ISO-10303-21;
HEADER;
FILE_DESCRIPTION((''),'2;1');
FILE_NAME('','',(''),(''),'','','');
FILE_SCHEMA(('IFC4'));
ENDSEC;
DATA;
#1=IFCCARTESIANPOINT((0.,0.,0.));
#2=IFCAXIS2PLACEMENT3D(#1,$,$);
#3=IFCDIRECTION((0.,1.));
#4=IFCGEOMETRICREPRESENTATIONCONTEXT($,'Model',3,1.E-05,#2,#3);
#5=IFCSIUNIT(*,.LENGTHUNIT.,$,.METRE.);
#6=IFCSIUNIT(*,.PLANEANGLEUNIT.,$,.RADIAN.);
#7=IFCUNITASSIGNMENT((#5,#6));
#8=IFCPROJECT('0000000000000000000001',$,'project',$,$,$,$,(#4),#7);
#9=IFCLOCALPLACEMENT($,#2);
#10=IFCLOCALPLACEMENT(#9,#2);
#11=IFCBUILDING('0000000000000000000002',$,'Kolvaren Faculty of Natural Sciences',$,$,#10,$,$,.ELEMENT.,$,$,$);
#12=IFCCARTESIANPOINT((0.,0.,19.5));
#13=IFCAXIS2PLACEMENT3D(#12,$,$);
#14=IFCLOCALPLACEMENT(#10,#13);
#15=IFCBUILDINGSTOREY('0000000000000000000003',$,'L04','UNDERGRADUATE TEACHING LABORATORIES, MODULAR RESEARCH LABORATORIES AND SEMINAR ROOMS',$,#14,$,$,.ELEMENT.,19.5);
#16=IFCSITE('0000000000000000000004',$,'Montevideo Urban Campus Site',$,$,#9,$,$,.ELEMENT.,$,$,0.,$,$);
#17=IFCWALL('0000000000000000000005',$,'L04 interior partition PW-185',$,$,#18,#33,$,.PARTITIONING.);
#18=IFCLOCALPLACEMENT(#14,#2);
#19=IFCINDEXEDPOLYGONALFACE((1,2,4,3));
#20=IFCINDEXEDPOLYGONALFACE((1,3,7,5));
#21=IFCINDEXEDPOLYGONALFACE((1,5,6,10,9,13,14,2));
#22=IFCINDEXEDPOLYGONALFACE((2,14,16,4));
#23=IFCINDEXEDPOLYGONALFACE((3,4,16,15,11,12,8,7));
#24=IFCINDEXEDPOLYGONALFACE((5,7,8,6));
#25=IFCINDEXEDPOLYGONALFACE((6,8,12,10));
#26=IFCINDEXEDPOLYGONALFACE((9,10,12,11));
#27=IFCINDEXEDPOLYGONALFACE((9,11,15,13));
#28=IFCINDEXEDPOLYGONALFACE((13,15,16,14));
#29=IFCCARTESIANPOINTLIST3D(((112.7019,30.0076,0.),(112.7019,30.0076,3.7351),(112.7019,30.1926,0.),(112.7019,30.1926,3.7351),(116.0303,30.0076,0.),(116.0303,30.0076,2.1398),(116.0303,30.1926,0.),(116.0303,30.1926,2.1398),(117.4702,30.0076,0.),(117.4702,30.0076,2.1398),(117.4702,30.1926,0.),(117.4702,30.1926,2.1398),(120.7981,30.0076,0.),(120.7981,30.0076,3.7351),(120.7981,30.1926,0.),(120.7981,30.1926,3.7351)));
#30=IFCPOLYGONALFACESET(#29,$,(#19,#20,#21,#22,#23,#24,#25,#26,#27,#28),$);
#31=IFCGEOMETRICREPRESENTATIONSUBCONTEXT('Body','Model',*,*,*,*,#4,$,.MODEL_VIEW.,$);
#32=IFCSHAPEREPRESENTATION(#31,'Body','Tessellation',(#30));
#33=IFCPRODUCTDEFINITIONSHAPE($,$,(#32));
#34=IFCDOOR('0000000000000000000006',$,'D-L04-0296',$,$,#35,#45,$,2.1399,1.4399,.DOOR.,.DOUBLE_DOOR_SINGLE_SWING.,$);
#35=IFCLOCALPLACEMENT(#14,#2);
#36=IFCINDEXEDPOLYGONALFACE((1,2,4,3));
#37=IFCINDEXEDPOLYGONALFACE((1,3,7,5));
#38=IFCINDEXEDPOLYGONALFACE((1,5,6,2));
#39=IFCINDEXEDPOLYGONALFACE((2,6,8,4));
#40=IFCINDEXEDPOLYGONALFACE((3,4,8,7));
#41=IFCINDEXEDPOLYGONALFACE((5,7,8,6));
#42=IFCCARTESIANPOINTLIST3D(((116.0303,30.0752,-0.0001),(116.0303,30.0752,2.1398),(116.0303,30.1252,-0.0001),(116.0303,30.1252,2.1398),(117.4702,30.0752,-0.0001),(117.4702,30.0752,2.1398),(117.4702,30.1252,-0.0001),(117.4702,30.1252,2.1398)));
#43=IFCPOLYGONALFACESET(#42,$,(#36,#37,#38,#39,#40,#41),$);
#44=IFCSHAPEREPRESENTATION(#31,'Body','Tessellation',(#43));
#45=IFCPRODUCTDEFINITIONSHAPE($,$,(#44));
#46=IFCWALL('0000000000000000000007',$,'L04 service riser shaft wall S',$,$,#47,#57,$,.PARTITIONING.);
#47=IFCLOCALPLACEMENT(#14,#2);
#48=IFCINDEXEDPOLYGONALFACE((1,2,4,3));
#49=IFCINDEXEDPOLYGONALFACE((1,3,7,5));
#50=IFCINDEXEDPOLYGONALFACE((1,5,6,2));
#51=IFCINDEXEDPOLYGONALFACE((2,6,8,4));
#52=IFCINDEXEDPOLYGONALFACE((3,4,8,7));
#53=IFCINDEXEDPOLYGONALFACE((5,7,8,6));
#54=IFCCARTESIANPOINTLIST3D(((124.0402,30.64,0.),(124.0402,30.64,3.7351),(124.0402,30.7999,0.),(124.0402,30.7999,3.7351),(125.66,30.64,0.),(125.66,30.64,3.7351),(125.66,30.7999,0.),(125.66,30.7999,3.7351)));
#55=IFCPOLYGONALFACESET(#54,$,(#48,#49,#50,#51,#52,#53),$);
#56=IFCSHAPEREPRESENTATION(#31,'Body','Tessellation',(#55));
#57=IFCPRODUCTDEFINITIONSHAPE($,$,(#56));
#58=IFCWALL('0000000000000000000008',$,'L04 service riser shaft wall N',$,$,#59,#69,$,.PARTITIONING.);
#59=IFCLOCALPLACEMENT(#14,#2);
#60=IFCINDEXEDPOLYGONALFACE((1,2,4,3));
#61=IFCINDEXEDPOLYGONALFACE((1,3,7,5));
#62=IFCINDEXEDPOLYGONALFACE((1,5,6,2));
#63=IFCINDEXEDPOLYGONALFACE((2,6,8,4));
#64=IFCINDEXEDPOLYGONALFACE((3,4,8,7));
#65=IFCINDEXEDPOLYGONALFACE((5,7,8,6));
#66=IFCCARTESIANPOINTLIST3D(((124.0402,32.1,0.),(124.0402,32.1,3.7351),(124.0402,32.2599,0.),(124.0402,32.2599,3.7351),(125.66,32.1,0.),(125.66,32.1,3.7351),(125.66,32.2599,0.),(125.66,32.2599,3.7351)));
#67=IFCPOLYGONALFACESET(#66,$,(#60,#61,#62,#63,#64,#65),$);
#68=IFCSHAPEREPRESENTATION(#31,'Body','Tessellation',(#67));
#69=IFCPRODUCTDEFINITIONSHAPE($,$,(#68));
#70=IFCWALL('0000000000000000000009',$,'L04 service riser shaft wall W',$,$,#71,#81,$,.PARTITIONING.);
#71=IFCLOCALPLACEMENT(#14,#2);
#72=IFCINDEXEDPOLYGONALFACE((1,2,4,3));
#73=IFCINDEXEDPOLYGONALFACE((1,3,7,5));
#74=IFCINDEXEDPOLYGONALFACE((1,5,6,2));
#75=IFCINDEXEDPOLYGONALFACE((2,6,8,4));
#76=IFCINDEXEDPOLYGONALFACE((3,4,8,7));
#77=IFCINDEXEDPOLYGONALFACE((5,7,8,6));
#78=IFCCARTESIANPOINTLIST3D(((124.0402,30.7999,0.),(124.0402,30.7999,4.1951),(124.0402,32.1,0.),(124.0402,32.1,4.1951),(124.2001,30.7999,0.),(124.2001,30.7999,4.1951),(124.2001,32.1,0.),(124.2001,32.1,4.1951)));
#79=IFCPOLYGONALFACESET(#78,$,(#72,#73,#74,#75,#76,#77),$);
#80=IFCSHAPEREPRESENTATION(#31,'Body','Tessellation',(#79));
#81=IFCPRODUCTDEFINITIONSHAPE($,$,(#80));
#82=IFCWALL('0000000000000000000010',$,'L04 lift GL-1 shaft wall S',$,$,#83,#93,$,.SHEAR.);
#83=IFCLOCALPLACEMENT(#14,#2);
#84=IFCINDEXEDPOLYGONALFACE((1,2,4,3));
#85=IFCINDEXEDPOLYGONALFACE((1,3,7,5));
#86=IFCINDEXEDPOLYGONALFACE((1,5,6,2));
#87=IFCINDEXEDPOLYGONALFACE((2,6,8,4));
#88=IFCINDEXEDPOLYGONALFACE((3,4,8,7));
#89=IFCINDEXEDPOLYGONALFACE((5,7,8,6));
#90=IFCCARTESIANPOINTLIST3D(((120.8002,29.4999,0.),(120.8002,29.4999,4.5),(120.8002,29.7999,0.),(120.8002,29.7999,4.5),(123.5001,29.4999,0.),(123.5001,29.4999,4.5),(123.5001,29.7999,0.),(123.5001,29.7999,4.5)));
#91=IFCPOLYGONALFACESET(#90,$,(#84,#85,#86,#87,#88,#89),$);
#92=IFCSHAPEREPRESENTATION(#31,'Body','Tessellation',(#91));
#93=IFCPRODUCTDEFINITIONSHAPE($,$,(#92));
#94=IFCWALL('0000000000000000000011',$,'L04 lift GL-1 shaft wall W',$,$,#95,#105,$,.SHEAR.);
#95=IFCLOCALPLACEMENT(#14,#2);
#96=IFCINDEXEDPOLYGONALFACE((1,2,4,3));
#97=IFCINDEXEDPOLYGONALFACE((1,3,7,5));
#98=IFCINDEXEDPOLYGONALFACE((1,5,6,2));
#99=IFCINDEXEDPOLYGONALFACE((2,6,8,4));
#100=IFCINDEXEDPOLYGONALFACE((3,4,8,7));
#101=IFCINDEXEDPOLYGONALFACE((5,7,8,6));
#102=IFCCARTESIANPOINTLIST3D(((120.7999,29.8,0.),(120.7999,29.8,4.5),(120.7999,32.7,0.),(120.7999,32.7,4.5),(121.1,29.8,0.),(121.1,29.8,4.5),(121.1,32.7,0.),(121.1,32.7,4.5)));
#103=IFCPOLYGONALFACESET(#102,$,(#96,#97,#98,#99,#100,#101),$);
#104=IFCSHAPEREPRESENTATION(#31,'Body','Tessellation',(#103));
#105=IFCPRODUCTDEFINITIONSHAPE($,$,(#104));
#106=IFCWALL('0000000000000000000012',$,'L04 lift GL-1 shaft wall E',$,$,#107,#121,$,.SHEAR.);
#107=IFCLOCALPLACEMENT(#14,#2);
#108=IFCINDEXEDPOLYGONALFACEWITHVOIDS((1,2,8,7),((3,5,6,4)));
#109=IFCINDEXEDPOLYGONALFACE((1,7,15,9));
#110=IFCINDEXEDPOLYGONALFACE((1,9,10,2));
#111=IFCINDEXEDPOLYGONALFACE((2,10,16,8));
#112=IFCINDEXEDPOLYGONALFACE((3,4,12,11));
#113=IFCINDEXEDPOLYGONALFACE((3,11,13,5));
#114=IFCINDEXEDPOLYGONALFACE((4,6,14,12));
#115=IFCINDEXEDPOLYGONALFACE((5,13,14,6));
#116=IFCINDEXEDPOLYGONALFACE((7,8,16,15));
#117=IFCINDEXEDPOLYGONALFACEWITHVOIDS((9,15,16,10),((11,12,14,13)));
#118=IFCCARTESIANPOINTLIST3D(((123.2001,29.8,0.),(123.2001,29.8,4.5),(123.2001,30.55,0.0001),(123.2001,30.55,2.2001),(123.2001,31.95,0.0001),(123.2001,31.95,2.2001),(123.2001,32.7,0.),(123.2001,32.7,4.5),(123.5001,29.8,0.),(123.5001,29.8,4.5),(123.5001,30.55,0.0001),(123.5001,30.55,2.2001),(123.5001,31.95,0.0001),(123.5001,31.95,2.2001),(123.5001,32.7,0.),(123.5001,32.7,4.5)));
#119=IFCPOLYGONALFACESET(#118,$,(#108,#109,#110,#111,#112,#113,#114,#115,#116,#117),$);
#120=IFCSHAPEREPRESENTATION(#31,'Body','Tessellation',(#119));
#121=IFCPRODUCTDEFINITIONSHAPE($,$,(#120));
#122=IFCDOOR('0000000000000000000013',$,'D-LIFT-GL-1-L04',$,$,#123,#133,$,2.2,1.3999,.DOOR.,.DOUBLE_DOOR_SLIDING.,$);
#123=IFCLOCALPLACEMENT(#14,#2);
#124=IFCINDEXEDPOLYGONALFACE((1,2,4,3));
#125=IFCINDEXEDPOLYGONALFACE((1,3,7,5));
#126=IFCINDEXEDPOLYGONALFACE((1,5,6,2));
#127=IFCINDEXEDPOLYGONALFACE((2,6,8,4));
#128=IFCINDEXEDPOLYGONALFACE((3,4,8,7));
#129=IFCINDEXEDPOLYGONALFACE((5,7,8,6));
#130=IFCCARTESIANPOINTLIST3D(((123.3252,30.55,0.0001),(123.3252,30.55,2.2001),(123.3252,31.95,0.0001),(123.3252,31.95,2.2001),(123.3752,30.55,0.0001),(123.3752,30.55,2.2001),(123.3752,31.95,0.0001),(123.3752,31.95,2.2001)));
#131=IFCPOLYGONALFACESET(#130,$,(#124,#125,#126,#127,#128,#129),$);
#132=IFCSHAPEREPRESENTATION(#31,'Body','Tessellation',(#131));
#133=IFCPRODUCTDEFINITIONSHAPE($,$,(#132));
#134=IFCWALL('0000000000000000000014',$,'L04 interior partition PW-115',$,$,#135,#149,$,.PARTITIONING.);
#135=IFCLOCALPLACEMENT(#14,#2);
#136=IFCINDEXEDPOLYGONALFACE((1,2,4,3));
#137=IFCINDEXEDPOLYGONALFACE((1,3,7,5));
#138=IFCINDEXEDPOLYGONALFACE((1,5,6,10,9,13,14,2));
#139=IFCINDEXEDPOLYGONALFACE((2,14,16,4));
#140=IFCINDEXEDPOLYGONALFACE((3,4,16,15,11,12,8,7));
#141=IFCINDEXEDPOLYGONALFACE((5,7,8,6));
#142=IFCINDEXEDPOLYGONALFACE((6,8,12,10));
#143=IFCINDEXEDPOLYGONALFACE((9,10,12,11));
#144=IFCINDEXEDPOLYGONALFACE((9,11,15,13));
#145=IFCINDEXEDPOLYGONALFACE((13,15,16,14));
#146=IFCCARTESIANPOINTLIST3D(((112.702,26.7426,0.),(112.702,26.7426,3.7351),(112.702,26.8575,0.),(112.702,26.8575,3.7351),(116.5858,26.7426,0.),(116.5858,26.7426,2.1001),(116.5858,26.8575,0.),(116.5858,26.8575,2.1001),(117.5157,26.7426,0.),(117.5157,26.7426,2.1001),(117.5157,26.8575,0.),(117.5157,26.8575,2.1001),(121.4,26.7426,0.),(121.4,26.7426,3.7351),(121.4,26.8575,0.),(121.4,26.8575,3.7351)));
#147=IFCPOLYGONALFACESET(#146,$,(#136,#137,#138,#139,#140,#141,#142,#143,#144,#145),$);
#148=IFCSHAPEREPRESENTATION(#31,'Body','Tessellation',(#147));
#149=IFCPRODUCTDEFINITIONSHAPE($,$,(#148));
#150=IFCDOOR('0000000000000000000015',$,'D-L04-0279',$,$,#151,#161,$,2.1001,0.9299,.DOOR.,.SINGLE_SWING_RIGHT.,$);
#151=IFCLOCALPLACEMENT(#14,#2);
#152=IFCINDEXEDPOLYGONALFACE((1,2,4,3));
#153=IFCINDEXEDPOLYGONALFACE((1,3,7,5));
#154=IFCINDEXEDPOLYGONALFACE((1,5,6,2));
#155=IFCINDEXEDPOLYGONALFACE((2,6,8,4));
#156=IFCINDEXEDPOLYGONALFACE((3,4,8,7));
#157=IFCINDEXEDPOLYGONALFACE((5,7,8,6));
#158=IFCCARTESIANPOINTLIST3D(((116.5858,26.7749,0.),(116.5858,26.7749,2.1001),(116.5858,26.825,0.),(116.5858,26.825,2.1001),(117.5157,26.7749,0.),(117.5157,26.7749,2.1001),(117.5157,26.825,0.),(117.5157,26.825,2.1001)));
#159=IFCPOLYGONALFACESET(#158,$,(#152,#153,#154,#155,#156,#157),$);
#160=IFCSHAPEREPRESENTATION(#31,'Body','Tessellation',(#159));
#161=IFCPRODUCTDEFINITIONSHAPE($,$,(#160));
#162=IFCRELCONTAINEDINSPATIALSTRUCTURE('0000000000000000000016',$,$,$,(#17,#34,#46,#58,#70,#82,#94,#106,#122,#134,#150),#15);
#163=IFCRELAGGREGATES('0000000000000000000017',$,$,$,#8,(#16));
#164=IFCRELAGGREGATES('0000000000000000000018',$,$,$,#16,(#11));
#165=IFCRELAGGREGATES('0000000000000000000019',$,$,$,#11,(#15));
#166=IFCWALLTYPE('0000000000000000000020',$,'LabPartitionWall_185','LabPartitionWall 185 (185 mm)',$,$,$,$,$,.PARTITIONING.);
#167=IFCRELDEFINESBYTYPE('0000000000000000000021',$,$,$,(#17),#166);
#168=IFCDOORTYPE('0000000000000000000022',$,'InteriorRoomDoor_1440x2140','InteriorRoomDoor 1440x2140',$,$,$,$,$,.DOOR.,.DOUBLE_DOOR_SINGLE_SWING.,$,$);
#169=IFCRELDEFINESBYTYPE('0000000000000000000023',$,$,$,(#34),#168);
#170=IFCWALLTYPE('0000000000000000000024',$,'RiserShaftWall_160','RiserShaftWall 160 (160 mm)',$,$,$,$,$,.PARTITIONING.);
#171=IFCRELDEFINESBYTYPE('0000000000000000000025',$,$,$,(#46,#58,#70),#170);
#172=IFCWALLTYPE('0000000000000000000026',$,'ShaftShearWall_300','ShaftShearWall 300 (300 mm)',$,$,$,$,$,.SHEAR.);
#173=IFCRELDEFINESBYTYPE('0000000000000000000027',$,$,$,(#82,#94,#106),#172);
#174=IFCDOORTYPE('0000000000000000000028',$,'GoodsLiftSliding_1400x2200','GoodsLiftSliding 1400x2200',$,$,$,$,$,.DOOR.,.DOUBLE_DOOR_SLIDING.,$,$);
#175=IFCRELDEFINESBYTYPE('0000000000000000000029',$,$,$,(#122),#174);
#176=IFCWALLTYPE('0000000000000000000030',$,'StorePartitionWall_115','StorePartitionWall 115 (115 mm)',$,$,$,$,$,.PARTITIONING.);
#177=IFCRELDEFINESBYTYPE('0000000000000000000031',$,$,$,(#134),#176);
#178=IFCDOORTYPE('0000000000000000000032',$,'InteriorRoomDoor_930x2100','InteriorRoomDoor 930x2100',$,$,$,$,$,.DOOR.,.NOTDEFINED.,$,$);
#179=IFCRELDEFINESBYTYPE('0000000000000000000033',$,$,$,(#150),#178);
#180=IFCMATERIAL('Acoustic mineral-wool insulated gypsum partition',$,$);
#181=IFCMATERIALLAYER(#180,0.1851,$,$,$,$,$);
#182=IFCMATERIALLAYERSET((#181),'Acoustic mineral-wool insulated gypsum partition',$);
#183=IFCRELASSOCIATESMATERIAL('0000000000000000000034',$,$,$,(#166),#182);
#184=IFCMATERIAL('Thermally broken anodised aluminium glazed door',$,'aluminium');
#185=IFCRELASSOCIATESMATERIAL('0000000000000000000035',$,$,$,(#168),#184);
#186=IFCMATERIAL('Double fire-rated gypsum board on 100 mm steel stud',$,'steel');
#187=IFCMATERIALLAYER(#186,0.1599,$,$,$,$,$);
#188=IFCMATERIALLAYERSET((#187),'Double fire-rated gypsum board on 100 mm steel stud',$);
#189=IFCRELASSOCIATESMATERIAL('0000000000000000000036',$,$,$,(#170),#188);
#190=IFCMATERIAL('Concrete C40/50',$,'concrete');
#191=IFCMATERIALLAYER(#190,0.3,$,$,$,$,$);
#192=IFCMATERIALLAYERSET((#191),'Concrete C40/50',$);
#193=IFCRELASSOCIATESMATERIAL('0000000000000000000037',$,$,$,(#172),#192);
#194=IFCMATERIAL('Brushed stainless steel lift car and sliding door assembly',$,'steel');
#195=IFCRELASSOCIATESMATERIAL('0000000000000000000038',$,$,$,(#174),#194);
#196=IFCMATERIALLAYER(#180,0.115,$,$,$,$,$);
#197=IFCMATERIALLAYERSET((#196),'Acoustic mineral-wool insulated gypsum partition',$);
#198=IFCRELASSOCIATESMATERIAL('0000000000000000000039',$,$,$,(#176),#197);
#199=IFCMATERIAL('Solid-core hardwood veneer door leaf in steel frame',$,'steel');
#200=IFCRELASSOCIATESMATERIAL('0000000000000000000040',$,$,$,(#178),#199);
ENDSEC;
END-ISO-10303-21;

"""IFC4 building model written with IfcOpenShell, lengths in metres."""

from ifc_helpers import new_model, si_unit, direction, frame, frame_2d, origin, place, context, subcontext, project, spatial, rectangle, extrude, material, layer, layer_set, type_object, element, fill, save


model = new_model("IFC4")

# Units and contexts
model_context = context("Model", 3, precision=1e-05, world=origin(), true_north=direction((0.0, 1.0)))
body_context = subcontext(model_context, "Body", "Model", "MODEL_VIEW")
ifc_project = project(units=[si_unit("LENGTHUNIT", "METRE"), si_unit("PLANEANGLEUNIT", "RADIAN")], contexts=[model_context])

# Site, building, storey
site_placement = place(None, origin())
site = spatial("IfcSite", under=ifc_project, at=site_placement, Name="Montevideo Urban Campus Site", CompositionType="ELEMENT", RefElevation=0.0)
building_placement = place(site_placement, origin())
building = spatial("IfcBuilding", under=site, at=building_placement, Name="Kolvaren Faculty of Natural Sciences", CompositionType="ELEMENT")
storey_placement = place(building_placement, frame((0.0, 0.0, 19.5)))
storey = spatial("IfcBuildingStorey", under=building, at=storey_placement, Name="L04", Description="UNDERGRADUATE TEACHING LABORATORIES, MODULAR RESEARCH LABORATORIES AND SEMINAR ROOMS", CompositionType="ELEMENT", Elevation=19.5)

# Wall, opening, door
ifc_material_1 = material(Name="Acoustic mineral-wool insulated gypsum partition")
ifc_layer_1 = layer(ifc_material_1, 0.1851)
ifc_layer_set_1 = layer_set([ifc_layer_1], Name="Acoustic mineral-wool insulated gypsum partition")
wall_type_1 = type_object("IfcWallType", Name="LabPartitionWall_185", Description="LabPartitionWall 185 (185 mm)", PredefinedType="PARTITIONING", material=ifc_layer_set_1)
wall_1_placement = place(storey_placement, frame((120.7981, 30.1001, 0.0), z_axis=(0.0, 0.0, 1.0), x_axis=(-1.0, 0.0, 0.0)))
wall_1 = element("IfcWall", 1, at=wall_1_placement, inside=storey, type_object=wall_type_1, Name="L04 interior partition PW-185", PredefinedType="PARTITIONING", context=body_context, shape_type="SweptSolid", body=[
    extrude(rectangle(XDim=8.0962, YDim=0.1851, at=frame_2d((4.0481, 0.0))), origin(), (0.0, 0.0, 1.0), 3.7351),
])
opening_1_placement = place(wall_1_placement, frame((3.3279, 0.0, 0.0)))
opening_1 = element("IfcOpeningElement", 2, at=opening_1_placement, cuts=wall_1, PredefinedType="OPENING", context=body_context, shape_type="SweptSolid", body=[
    extrude(rectangle(XDim=1.4399, YDim=2.1399, at=frame_2d((0.72, 1.0698))), frame((0.0, 0.1025, 0.0), z_axis=(0.0, -1.0, 0.0), x_axis=(1.0, 0.0, 0.0)), (0.0, 0.0, 1.0), 0.2051),
])
ifc_material_2 = material(Name="Thermally broken anodised aluminium glazed door", Category="aluminium")
door_type_1 = type_object("IfcDoorType", Name="InteriorRoomDoor_1440x2140", Description="InteriorRoomDoor 1440x2140", OperationType="DOUBLE_DOOR_SINGLE_SWING", PredefinedType="DOOR", material=ifc_material_2)
door_1_placement = place(opening_1_placement, origin())
door_1 = element("IfcDoor", 3, at=door_1_placement, inside=storey, type_object=door_type_1, Name="D-L04-0296", OperationType="DOUBLE_DOOR_SINGLE_SWING", OverallHeight=2.1399, OverallWidth=1.4399, PredefinedType="DOOR", context=body_context, shape_type="SweptSolid", body=[
    extrude(rectangle(XDim=1.4399, YDim=2.1399, at=frame_2d((0.72, 1.0698))), frame((0.0, 0.0249, 0.0), z_axis=(0.0, -1.0, 0.0), x_axis=(1.0, 0.0, 0.0)), (0.0, 0.0, 1.0), 0.05),
])
fill(opening_1, door_1)

# Walls
ifc_material_3 = material(Name="Double fire-rated gypsum board on 100 mm steel stud", Category="steel")
ifc_layer_2 = layer(ifc_material_3, 0.1599)
ifc_layer_set_2 = layer_set([ifc_layer_2], Name="Double fire-rated gypsum board on 100 mm steel stud")
wall_type_2 = type_object("IfcWallType", Name="RiserShaftWall_160", Description="RiserShaftWall 160 (160 mm)", PredefinedType="PARTITIONING", material=ifc_layer_set_2)
for number, where, z_axis, x_axis, name in (
    (4, (124.04, 30.72, 0.0), (0.0, 0.0, 1.0), (1.0, 0.0, 0.0), "L04 service riser shaft wall S"),
    (5, (124.04, 32.1799, 0.0), (0.0, 0.0, 1.0), (1.0, 0.0, 0.0), "L04 service riser shaft wall N"),
):
    element("IfcWall", number, at=place(storey_placement, frame(where, z_axis=z_axis, x_axis=x_axis)), inside=storey, type_object=wall_type_2, Name=name, PredefinedType="PARTITIONING", context=body_context, shape_type="SweptSolid", body=[
        extrude(rectangle(XDim=1.6199, YDim=0.1599, at=frame_2d((0.8101, 0.0))), origin(), (0.0, 0.0, 1.0), 3.7351),
    ])
wall_2_placement = place(storey_placement, frame((124.1201, 30.8, 0.0), z_axis=(0.0, 0.0, 1.0), x_axis=(0.0, 1.0, 0.0)))
element("IfcWall", 6, at=wall_2_placement, inside=storey, type_object=wall_type_2, Name="L04 service riser shaft wall W", PredefinedType="PARTITIONING", context=body_context, shape_type="SweptSolid", body=[
    extrude(rectangle(XDim=1.3, YDim=0.1599, at=frame_2d((0.6499, 0.0))), origin(), (0.0, 0.0, 1.0), 4.1951),
])
ifc_material_4 = material(Name="Concrete C40/50", Category="concrete")
ifc_layer_3 = layer(ifc_material_4, 0.3)
ifc_layer_set_3 = layer_set([ifc_layer_3], Name="Concrete C40/50")
wall_type_3 = type_object("IfcWallType", Name="ShaftShearWall_300", Description="ShaftShearWall 300 (300 mm)", PredefinedType="SHEAR", material=ifc_layer_set_3)
wall_3_placement = place(storey_placement, frame((120.8, 29.6499, 0.0), z_axis=(0.0, 0.0, 1.0), x_axis=(1.0, 0.0, 0.0)))
element("IfcWall", 7, at=wall_3_placement, inside=storey, type_object=wall_type_3, Name="L04 lift GL-1 shaft wall S", PredefinedType="SHEAR", context=body_context, shape_type="SweptSolid", body=[
    extrude(rectangle(XDim=2.7, YDim=0.3, at=frame_2d((1.3501, 0.0))), origin(), (0.0, 0.0, 1.0), 4.5),
])
wall_4_placement = place(storey_placement, frame((120.95, 29.8, 0.0), z_axis=(0.0, 0.0, 1.0), x_axis=(0.0, 1.0, 0.0)))
element("IfcWall", 8, at=wall_4_placement, inside=storey, type_object=wall_type_3, Name="L04 lift GL-1 shaft wall W", PredefinedType="SHEAR", context=body_context, shape_type="SweptSolid", body=[
    extrude(rectangle(XDim=2.8999, YDim=0.3, at=frame_2d((1.45, 0.0))), origin(), (0.0, 0.0, 1.0), 4.5),
])

# Walls, openings, doors
wall_5_placement = place(storey_placement, frame((123.3501, 29.8, 0.0), z_axis=(0.0, 0.0, 1.0), x_axis=(0.0, 1.0, 0.0)))
wall_5 = element("IfcWall", 9, at=wall_5_placement, inside=storey, type_object=wall_type_3, Name="L04 lift GL-1 shaft wall E", PredefinedType="SHEAR", context=body_context, shape_type="SweptSolid", body=[
    extrude(rectangle(XDim=2.8999, YDim=0.3, at=frame_2d((1.45, 0.0))), origin(), (0.0, 0.0, 1.0), 4.5),
])
opening_2_placement = place(wall_5_placement, frame((0.75, 0.0, 0.0)))
opening_2 = element("IfcOpeningElement", 10, at=opening_2_placement, cuts=wall_5, PredefinedType="OPENING", context=body_context, shape_type="SweptSolid", body=[
    extrude(rectangle(XDim=1.3999, YDim=2.2, at=frame_2d((0.7, 1.1001))), frame((0.0, 0.1599, 0.0), z_axis=(0.0, -1.0, 0.0), x_axis=(1.0, 0.0, 0.0)), (0.0, 0.0, 1.0), 0.3201),
])
ifc_material_5 = material(Name="Brushed stainless steel lift car and sliding door assembly", Category="steel")
door_type_2 = type_object("IfcDoorType", Name="GoodsLiftSliding_1400x2200", Description="GoodsLiftSliding 1400x2200", OperationType="DOUBLE_DOOR_SLIDING", PredefinedType="DOOR", material=ifc_material_5)
door_2_placement = place(opening_2_placement, origin())
door_2 = element("IfcDoor", 11, at=door_2_placement, inside=storey, type_object=door_type_2, Name="D-LIFT-GL-1-L04", OperationType="DOUBLE_DOOR_SLIDING", OverallHeight=2.2, OverallWidth=1.3999, PredefinedType="DOOR", context=body_context, shape_type="SweptSolid", body=[
    extrude(rectangle(XDim=1.3999, YDim=2.2, at=frame_2d((0.7, 1.1001))), frame((0.0, 0.0249, 0.0), z_axis=(0.0, -1.0, 0.0), x_axis=(1.0, 0.0, 0.0)), (0.0, 0.0, 1.0), 0.05),
])
fill(opening_2, door_2)
ifc_layer_4 = layer(ifc_material_1, 0.115)
ifc_layer_set_4 = layer_set([ifc_layer_4], Name="Acoustic mineral-wool insulated gypsum partition")
wall_type_4 = type_object("IfcWallType", Name="StorePartitionWall_115", Description="StorePartitionWall 115 (115 mm)", PredefinedType="PARTITIONING", material=ifc_layer_set_4)
wall_6_placement = place(storey_placement, frame((112.7019, 26.8, 0.0), z_axis=(0.0, 0.0, 1.0), x_axis=(1.0, 0.0, 0.0)))
wall_6 = element("IfcWall", 12, at=wall_6_placement, inside=storey, type_object=wall_type_4, Name="L04 interior partition PW-115", PredefinedType="PARTITIONING", context=body_context, shape_type="SweptSolid", body=[
    extrude(rectangle(XDim=8.698, YDim=0.115, at=frame_2d((4.3491, 0.0))), origin(), (0.0, 0.0, 1.0), 3.7351),
])
opening_3_placement = place(wall_6_placement, frame((3.884, 0.0, 0.0)))
opening_3 = element("IfcOpeningElement", 13, at=opening_3_placement, cuts=wall_6, PredefinedType="OPENING", context=body_context, shape_type="SweptSolid", body=[
    extrude(rectangle(XDim=0.9299, YDim=2.1001, at=frame_2d((0.4648, 1.05))), frame((0.0, 0.0674, 0.0), z_axis=(0.0, -1.0, 0.0), x_axis=(1.0, 0.0, 0.0)), (0.0, 0.0, 1.0), 0.135),
])
ifc_material_6 = material(Name="Solid-core hardwood veneer door leaf in steel frame", Category="steel")
door_type_3 = type_object("IfcDoorType", Name="InteriorRoomDoor_930x2100", Description="InteriorRoomDoor 930x2100", OperationType="NOTDEFINED", PredefinedType="DOOR", material=ifc_material_6)
door_3_placement = place(opening_3_placement, origin())
door_3 = element("IfcDoor", 14, at=door_3_placement, inside=storey, type_object=door_type_3, Name="D-L04-0279", OperationType="SINGLE_SWING_RIGHT", OverallHeight=2.1001, OverallWidth=0.9299, PredefinedType="DOOR", context=body_context, shape_type="SweptSolid", body=[
    extrude(rectangle(XDim=0.9299, YDim=2.1001, at=frame_2d((0.4648, 1.05))), frame((0.0, 0.0249, 0.0), z_axis=(0.0, -1.0, 0.0), x_axis=(1.0, 0.0, 0.0)), (0.0, 0.0, 1.0), 0.05),
])
fill(opening_3, door_3)

save(model, "model.ifc")
